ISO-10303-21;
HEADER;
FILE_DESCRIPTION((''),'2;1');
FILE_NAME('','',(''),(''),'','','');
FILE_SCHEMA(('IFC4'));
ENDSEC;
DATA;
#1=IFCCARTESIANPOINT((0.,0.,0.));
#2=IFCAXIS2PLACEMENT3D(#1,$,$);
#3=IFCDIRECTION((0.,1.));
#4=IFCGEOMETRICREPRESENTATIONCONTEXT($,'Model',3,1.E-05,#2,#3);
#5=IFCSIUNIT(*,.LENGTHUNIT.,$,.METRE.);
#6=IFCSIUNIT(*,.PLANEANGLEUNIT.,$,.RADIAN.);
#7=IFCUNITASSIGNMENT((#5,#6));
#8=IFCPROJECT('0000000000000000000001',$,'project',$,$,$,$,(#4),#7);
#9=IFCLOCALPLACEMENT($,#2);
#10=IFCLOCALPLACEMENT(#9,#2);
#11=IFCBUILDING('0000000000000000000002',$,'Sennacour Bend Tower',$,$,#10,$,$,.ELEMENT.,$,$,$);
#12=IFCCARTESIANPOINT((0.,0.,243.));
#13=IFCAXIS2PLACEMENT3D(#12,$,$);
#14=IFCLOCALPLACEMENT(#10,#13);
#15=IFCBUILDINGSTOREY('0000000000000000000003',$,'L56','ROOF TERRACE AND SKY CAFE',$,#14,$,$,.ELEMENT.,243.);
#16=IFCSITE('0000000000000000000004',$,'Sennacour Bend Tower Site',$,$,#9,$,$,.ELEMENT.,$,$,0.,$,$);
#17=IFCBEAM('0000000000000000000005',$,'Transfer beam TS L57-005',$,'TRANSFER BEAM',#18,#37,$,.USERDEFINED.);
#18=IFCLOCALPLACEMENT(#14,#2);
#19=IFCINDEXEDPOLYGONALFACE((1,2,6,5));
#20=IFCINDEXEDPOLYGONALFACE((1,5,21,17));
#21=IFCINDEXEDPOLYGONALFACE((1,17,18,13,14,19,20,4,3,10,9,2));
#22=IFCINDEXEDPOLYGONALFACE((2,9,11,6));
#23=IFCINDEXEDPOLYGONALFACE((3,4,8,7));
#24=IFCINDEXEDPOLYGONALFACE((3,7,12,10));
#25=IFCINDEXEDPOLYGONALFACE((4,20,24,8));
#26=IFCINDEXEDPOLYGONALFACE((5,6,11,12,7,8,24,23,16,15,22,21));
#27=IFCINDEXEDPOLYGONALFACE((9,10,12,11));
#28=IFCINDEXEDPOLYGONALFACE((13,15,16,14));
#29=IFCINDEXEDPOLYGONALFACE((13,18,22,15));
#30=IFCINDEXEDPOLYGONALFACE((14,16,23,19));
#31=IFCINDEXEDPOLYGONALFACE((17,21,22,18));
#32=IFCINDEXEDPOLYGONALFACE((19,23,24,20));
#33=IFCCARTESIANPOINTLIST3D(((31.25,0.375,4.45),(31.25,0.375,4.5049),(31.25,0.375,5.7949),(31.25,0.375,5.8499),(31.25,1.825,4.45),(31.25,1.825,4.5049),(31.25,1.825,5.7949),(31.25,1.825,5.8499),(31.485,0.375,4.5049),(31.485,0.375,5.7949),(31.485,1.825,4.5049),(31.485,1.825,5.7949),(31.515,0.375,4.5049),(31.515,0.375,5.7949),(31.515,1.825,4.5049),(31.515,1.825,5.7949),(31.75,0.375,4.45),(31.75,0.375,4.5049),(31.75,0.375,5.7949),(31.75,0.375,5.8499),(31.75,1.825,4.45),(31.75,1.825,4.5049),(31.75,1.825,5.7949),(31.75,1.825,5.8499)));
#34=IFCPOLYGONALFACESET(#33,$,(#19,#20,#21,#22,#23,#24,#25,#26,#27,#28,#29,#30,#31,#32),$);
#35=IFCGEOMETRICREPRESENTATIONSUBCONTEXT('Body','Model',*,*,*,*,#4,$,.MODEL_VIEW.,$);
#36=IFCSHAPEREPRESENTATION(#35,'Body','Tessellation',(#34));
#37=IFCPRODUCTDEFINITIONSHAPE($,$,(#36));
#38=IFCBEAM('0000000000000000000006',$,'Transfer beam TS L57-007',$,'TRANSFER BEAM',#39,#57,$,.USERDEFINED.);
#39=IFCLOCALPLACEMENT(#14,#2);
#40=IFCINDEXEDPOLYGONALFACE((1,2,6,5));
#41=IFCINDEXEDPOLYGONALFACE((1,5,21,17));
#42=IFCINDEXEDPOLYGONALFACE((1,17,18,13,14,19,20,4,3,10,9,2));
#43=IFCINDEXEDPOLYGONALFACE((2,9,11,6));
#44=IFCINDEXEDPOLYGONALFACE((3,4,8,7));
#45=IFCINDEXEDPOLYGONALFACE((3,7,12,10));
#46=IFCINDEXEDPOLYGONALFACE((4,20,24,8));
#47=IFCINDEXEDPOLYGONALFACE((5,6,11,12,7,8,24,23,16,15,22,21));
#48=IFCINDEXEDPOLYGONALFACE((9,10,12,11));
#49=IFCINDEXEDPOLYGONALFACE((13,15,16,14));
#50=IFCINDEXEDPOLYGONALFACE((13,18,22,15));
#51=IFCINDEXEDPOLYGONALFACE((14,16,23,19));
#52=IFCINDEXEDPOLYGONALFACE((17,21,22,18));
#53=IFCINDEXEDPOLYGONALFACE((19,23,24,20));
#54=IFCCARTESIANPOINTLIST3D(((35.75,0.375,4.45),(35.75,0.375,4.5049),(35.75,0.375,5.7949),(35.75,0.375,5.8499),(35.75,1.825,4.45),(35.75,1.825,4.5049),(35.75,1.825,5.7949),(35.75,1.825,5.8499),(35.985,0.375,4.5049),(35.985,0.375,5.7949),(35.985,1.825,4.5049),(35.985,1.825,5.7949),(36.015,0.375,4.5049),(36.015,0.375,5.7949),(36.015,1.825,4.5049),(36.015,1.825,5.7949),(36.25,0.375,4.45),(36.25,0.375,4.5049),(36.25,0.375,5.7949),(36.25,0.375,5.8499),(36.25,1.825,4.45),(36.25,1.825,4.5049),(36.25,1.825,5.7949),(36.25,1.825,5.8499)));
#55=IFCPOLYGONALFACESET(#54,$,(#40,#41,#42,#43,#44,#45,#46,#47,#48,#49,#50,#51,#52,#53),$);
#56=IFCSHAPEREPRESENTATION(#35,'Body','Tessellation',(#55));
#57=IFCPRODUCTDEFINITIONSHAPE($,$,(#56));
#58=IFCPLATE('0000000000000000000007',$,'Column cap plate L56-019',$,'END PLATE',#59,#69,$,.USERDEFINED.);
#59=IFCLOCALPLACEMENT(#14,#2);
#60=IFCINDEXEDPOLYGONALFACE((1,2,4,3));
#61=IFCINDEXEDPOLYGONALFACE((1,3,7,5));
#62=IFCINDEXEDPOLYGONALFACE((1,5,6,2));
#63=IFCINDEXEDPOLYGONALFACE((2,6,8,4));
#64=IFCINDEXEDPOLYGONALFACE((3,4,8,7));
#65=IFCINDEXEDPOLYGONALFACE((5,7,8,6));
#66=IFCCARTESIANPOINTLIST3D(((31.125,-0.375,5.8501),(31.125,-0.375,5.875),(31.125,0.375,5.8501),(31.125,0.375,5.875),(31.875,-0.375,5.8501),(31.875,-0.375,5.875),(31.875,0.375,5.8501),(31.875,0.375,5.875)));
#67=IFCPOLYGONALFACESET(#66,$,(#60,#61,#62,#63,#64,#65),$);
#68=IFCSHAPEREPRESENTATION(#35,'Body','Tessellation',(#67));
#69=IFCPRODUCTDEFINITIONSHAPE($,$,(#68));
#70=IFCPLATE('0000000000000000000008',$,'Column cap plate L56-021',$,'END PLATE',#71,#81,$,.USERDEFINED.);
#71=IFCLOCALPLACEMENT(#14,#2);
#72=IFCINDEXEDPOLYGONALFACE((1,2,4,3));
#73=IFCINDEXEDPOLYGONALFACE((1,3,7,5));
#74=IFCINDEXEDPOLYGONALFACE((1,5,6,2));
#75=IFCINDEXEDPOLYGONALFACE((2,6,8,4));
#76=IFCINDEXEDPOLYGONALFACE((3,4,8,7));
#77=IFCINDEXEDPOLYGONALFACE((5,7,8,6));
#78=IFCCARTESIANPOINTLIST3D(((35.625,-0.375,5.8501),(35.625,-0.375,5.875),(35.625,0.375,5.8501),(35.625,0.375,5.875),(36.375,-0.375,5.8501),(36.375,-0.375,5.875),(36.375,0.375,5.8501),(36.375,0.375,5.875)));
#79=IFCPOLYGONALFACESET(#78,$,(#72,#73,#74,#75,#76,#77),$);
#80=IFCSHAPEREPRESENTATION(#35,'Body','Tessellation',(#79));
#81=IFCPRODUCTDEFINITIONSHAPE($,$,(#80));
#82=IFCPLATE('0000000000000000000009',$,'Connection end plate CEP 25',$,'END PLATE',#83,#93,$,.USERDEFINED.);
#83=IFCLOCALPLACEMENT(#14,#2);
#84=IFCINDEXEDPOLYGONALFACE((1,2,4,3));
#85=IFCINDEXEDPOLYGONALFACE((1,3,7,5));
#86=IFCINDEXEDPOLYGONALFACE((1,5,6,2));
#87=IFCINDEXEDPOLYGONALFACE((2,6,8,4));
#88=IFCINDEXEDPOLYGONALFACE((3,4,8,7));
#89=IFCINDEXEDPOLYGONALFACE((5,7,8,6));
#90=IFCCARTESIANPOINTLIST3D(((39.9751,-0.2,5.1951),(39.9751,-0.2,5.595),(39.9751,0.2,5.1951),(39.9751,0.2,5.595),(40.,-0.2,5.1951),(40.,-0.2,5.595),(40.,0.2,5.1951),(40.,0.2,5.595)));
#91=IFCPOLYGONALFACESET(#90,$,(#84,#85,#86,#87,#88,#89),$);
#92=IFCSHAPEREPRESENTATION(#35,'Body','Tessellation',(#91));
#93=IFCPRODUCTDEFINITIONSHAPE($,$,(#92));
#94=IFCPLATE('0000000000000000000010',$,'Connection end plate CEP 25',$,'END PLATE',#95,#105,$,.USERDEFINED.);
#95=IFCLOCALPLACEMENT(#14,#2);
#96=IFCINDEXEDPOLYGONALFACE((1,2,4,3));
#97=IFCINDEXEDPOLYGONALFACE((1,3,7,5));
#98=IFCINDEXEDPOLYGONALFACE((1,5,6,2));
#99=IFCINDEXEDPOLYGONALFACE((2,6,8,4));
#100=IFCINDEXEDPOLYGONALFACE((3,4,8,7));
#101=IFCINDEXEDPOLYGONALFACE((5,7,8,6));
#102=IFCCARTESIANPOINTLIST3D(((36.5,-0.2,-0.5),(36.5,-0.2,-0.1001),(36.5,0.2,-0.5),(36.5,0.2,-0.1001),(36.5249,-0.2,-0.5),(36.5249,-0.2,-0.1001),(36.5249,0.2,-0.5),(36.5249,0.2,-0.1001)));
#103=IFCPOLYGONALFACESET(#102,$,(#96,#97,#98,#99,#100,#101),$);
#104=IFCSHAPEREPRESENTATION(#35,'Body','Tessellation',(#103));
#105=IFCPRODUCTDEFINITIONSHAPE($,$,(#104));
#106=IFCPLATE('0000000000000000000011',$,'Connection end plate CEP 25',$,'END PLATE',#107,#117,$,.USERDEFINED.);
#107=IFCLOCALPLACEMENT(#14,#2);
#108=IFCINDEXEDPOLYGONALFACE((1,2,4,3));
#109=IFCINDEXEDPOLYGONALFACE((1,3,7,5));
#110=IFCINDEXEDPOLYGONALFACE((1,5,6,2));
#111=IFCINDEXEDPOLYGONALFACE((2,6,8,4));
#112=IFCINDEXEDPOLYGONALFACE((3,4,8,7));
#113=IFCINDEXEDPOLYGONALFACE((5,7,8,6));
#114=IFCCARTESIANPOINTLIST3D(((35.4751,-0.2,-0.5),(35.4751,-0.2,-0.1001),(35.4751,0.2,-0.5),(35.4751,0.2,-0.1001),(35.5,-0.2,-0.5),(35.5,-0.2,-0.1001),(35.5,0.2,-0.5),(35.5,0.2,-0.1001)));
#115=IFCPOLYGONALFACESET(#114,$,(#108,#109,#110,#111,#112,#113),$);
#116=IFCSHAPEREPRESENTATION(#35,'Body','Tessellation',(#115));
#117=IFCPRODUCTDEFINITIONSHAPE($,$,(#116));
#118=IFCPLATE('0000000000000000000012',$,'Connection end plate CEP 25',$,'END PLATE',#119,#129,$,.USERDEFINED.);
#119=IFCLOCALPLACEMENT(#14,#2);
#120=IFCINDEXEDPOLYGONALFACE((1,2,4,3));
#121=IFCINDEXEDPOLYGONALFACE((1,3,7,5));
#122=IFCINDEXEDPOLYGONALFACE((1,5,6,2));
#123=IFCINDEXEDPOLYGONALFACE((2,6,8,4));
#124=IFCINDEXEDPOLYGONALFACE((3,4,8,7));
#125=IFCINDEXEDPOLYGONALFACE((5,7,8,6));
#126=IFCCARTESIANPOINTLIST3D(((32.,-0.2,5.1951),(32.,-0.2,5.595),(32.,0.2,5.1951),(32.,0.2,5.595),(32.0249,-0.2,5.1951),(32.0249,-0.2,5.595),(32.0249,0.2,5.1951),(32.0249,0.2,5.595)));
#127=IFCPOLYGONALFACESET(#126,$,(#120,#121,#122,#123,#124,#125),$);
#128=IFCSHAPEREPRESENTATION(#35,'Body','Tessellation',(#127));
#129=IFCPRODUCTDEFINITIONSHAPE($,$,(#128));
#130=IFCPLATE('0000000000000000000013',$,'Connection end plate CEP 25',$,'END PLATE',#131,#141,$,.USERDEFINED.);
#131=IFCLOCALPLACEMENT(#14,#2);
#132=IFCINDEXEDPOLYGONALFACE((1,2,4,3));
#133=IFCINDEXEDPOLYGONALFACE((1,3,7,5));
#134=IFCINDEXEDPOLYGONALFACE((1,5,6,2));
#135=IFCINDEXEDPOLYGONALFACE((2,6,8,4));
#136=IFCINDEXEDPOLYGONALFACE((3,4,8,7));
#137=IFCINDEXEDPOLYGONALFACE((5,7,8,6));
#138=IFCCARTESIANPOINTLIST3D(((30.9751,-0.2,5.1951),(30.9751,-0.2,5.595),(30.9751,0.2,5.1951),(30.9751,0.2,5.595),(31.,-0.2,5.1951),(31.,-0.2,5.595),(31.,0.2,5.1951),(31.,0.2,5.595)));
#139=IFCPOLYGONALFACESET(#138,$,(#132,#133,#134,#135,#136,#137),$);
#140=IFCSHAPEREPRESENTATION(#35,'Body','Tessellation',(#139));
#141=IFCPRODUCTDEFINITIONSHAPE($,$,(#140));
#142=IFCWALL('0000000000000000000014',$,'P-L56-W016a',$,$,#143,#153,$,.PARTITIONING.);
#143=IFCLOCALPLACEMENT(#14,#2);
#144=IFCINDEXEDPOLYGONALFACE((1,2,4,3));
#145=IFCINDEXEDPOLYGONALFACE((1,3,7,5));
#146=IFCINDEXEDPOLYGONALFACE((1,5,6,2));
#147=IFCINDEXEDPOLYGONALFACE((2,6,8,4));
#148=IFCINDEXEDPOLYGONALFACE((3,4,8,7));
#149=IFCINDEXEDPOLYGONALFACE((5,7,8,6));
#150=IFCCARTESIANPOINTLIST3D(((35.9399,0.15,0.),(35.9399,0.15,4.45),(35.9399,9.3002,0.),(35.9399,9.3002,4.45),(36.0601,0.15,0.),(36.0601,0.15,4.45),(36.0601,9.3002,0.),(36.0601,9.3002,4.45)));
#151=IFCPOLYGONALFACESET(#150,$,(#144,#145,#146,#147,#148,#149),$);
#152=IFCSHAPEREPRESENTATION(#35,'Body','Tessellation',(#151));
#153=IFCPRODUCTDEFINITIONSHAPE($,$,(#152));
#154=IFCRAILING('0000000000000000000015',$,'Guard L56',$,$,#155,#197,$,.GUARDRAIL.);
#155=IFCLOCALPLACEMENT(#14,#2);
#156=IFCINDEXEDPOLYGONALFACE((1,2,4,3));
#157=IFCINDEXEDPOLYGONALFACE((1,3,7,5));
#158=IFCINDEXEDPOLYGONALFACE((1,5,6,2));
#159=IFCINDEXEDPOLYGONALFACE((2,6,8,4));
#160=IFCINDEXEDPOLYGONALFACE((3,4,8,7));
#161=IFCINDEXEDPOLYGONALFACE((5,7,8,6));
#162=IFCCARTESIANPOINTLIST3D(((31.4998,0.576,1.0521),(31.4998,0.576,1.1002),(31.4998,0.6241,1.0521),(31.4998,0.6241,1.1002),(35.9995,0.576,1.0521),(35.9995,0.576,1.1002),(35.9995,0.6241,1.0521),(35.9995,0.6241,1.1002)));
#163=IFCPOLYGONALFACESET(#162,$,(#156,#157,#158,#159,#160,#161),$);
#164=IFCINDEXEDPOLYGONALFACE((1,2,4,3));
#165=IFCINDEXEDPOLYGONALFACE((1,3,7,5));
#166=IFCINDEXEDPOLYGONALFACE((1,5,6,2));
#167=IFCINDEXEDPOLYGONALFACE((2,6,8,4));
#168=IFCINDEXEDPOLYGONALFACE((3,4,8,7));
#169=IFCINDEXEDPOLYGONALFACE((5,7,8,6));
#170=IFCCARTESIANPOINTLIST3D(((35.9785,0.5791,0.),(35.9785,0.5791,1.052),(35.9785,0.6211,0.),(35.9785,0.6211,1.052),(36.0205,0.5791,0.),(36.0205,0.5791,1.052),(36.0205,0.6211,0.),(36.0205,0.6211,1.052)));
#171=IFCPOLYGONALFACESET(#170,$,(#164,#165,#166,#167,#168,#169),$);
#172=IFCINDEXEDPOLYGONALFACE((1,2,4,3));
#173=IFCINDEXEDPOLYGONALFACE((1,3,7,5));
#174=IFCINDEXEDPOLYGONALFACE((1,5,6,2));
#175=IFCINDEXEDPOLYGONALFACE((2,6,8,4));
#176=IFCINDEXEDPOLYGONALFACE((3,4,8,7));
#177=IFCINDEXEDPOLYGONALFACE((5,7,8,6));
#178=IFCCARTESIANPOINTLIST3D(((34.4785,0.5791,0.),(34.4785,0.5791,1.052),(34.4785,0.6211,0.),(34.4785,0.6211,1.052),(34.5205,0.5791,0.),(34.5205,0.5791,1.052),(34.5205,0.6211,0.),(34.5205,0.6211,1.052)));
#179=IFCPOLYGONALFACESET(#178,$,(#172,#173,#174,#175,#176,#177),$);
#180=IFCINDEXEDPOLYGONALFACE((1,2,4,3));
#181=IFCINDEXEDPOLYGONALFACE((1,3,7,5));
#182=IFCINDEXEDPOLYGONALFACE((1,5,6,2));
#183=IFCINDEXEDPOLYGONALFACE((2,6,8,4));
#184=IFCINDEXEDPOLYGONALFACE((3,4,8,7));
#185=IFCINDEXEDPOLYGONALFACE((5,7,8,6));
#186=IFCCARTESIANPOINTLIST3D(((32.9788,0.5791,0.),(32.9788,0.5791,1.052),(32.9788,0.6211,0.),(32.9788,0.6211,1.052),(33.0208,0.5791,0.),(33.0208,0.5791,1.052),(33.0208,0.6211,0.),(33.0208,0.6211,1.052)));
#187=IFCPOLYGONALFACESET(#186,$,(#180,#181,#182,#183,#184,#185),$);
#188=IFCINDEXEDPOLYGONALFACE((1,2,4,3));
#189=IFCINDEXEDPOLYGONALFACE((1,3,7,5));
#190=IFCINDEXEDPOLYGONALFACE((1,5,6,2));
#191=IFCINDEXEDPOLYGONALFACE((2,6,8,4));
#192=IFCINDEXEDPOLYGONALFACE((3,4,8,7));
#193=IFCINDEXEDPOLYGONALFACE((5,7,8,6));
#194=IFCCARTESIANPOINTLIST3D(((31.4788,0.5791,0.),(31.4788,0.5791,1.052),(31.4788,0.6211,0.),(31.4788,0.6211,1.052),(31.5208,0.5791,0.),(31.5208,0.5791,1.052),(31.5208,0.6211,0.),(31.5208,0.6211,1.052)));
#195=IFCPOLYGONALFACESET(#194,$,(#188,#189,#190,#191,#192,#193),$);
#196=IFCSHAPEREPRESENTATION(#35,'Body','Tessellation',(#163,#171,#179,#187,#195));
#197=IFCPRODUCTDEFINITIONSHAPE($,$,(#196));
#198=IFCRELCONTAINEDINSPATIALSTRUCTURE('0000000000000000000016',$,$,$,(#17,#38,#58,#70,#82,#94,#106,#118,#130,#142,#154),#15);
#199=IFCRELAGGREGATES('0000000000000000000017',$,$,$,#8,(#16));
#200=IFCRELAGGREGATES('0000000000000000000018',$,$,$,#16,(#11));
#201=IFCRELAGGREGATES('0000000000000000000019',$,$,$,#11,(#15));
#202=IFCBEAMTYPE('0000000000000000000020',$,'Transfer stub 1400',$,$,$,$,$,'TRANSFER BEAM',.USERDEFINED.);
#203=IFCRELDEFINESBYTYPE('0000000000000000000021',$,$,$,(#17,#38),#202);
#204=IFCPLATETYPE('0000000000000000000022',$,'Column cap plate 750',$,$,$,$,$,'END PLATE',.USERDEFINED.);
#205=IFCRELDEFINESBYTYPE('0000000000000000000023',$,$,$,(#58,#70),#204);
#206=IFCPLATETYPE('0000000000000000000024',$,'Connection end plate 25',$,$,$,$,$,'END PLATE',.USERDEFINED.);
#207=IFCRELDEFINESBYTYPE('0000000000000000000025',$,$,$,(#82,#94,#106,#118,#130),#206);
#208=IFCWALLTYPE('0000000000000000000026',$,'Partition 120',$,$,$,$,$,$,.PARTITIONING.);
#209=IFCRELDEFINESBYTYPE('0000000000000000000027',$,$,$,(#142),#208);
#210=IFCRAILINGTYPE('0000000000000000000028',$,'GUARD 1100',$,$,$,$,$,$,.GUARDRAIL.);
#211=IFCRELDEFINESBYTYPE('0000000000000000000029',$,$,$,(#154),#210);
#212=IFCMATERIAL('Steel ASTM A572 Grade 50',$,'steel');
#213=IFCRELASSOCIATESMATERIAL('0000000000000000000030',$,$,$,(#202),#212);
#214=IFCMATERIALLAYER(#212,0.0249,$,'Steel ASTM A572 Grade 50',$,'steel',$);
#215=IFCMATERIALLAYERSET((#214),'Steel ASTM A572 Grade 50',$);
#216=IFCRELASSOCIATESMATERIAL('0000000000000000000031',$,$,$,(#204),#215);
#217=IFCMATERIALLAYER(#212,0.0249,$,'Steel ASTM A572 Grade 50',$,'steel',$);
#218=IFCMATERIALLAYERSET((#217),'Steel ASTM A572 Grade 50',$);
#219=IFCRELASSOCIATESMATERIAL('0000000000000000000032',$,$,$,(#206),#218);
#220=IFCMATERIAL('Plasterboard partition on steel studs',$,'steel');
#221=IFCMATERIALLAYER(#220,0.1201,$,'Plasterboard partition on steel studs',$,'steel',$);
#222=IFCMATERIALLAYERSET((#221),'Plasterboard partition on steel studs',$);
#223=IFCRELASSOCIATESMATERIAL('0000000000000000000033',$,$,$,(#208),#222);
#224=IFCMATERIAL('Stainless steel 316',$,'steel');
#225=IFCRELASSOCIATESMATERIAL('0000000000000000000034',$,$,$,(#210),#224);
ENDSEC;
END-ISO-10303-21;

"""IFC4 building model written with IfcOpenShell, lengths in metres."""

from ifc_helpers import new_model, si_unit, direction, frame, frame_2d, origin, origin_2d, place, context, subcontext, project, spatial, rectangle, i_section, extrude, material, layer, layer_set, material_profile, profile_set, type_object, element, save


model = new_model("IFC4")

# Units and contexts
model_context = context("Model", 3, precision=1e-05, world=origin(), true_north=direction((0.0, 1.0)))
body_context = subcontext(model_context, "Body", "Model", "MODEL_VIEW")
ifc_project = project(units=[si_unit("LENGTHUNIT", "METRE"), si_unit("PLANEANGLEUNIT", "RADIAN")], contexts=[model_context])

# Site, building, storey
site_placement = place(None, origin())
site = spatial("IfcSite", under=ifc_project, at=site_placement, Name="Sennacour Bend Tower Site", CompositionType="ELEMENT", RefElevation=0.0)
building_placement = place(site_placement, origin())
building = spatial("IfcBuilding", under=site, at=building_placement, Name="Sennacour Bend Tower", CompositionType="ELEMENT")
storey_placement = place(building_placement, frame((0.0, 0.0, 243.0)))
storey = spatial("IfcBuildingStorey", under=building, at=storey_placement, Name="L56", Description="ROOF TERRACE AND SKY CAFE", CompositionType="ELEMENT", Elevation=243.0)

# Shared definitions
ifc_material_1 = material(Name="Steel ASTM A572 Grade 50", Category="steel")

# Beams
ifc_material_profile_1 = material_profile(ifc_material_1, i_section(OverallWidth=0.5, OverallDepth=1.3999, WebThickness=0.03, FlangeThickness=0.0549, at=origin_2d()), Name="Steel ASTM A572 Grade 50", Category="steel")
ifc_profile_set_1 = profile_set([ifc_material_profile_1], Name="Steel ASTM A572 Grade 50")
beam_type_1 = type_object("IfcBeamType", Name="Transfer stub 1400", ElementType="TRANSFER BEAM", PredefinedType="USERDEFINED", material=ifc_profile_set_1)
for number, where, z_axis, x_axis, name in (
    (1, (31.5, 0.375, 5.1499), (0.0, 1.0, 0.0), (-1.0, 0.0, 0.0), "Transfer beam TS L57-005"),
    (2, (36.0, 0.375, 5.1499), (0.0, 1.0, 0.0), (-1.0, 0.0, 0.0), "Transfer beam TS L57-007"),
):
    element("IfcBeam", number, at=place(storey_placement, frame(where, z_axis=z_axis, x_axis=x_axis)), inside=storey, type_object=beam_type_1, Name=name, ObjectType="TRANSFER BEAM", PredefinedType="USERDEFINED", context=body_context, shape_type="SweptSolid", body=[
        extrude(i_section(OverallWidth=0.5, OverallDepth=1.3999, WebThickness=0.03, FlangeThickness=0.0549, at=origin_2d()), origin(), (0.0, 0.0, 1.0), 1.45),
    ])

# Plates
ifc_layer_1 = layer(ifc_material_1, 0.0249, Name="Steel ASTM A572 Grade 50", Category="steel")
ifc_layer_set_1 = layer_set([ifc_layer_1], Name="Steel ASTM A572 Grade 50")
plate_type_1 = type_object("IfcPlateType", Name="Column cap plate 750", ElementType="END PLATE", PredefinedType="USERDEFINED", material=ifc_layer_set_1)
for number, where, z_axis, x_axis, name in (
    (3, (31.5, 0.0, 5.8501), (0.0, 0.0, 1.0), (1.0, 0.0, 0.0), "Column cap plate L56-019"),
    (4, (36.0, 0.0, 5.8501), (0.0, 0.0, 1.0), (1.0, 0.0, 0.0), "Column cap plate L56-021"),
):
    element("IfcPlate", number, at=place(storey_placement, frame(where, z_axis=z_axis, x_axis=x_axis)), inside=storey, type_object=plate_type_1, Name=name, ObjectType="END PLATE", PredefinedType="USERDEFINED", context=body_context, shape_type="SweptSolid", body=[
        extrude(rectangle(XDim=0.75, YDim=0.75, at=origin_2d()), origin(), (0.0, 0.0, 1.0), 0.0249),
    ])
ifc_layer_2 = layer(ifc_material_1, 0.0249, Name="Steel ASTM A572 Grade 50", Category="steel")
ifc_layer_set_2 = layer_set([ifc_layer_2], Name="Steel ASTM A572 Grade 50")
plate_type_2 = type_object("IfcPlateType", Name="Connection end plate 25", ElementType="END PLATE", PredefinedType="USERDEFINED", material=ifc_layer_set_2)
for number, where, z_axis, x_axis, name in (
    (5, (39.9875, 0.0, 5.1951), (0.0, 0.0, 1.0), (1.0, 0.0, 0.0), "Connection end plate CEP 25"),
    (6, (36.5125, 0.0, -0.5), (0.0, 0.0, 1.0), (-1.0, 0.0, 0.0), "Connection end plate CEP 25"),
    (7, (35.4875, 0.0, -0.5), (0.0, 0.0, 1.0), (1.0, 0.0, 0.0), "Connection end plate CEP 25"),
    (8, (32.0125, 0.0, 5.1951), (0.0, 0.0, 1.0), (-1.0, 0.0, 0.0), "Connection end plate CEP 25"),
    (9, (30.9875, 0.0, 5.1951), (0.0, 0.0, 1.0), (1.0, 0.0, 0.0), "Connection end plate CEP 25"),
):
    element("IfcPlate", number, at=place(storey_placement, frame(where, z_axis=z_axis, x_axis=x_axis)), inside=storey, type_object=plate_type_2, Name=name, ObjectType="END PLATE", PredefinedType="USERDEFINED", context=body_context, shape_type="SweptSolid", body=[
        extrude(rectangle(XDim=0.0249, YDim=0.3999, at=origin_2d()), origin(), (0.0, 0.0, 1.0), 0.3999),
    ])

# Wall
ifc_material_2 = material(Name="Plasterboard partition on steel studs", Category="steel")
ifc_layer_3 = layer(ifc_material_2, 0.1201, Name="Plasterboard partition on steel studs", Category="steel")
ifc_layer_set_3 = layer_set([ifc_layer_3], Name="Plasterboard partition on steel studs")
wall_type = type_object("IfcWallType", Name="Partition 120", PredefinedType="PARTITIONING", material=ifc_layer_set_3)
wall_placement = place(storey_placement, frame((36.0, 0.1499, 0.0), z_axis=(0.0, 0.0, 1.0), x_axis=(0.0, 1.0, 0.0)))
element("IfcWall", 10, at=wall_placement, inside=storey, type_object=wall_type, Name="P-L56-W016a", PredefinedType="PARTITIONING", context=body_context, shape_type="SweptSolid", body=[
    extrude(rectangle(XDim=9.1501, YDim=0.1201, at=frame_2d((4.5752, 0.0))), origin(), (0.0, 0.0, 1.0), 4.45),
])

# Railing
ifc_material_3 = material(Name="Stainless steel 316", Category="steel")
railing_type = type_object("IfcRailingType", Name="GUARD 1100", PredefinedType="GUARDRAIL", material=ifc_material_3)
for number, where, name in (
    (11, (35.9995, 0.6001, 0.0), "Guard L56"),
):
    element("IfcRailing", number, at=place(storey_placement, frame(where)), inside=storey, type_object=railing_type, Name=name, PredefinedType="GUARDRAIL", context=body_context, shape_type="SweptSolid", body=[
        extrude(rectangle(XDim=0.0481, YDim=0.0481, at=origin_2d()), frame((0.0, 0.0, 1.0762), z_axis=(-1.0, 0.0, 0.0), x_axis=(0.0, -1.0, 0.0)), (0.0, 0.0, 1.0), 4.4998),
        extrude(rectangle(XDim=0.042, YDim=0.042, at=origin_2d()), origin(), (0.0, 0.0, 1.0), 1.052),
        extrude(rectangle(XDim=0.042, YDim=0.042, at=origin_2d()), frame((-1.5, 0.0, 0.0)), (0.0, 0.0, 1.0), 1.052),
        extrude(rectangle(XDim=0.042, YDim=0.042, at=origin_2d()), frame((-2.9998, 0.0, 0.0)), (0.0, 0.0, 1.0), 1.052),
        extrude(rectangle(XDim=0.042, YDim=0.042, at=origin_2d()), frame((-4.4998, 0.0, 0.0)), (0.0, 0.0, 1.0), 1.052),
    ])

save(model, "model.ifc")
